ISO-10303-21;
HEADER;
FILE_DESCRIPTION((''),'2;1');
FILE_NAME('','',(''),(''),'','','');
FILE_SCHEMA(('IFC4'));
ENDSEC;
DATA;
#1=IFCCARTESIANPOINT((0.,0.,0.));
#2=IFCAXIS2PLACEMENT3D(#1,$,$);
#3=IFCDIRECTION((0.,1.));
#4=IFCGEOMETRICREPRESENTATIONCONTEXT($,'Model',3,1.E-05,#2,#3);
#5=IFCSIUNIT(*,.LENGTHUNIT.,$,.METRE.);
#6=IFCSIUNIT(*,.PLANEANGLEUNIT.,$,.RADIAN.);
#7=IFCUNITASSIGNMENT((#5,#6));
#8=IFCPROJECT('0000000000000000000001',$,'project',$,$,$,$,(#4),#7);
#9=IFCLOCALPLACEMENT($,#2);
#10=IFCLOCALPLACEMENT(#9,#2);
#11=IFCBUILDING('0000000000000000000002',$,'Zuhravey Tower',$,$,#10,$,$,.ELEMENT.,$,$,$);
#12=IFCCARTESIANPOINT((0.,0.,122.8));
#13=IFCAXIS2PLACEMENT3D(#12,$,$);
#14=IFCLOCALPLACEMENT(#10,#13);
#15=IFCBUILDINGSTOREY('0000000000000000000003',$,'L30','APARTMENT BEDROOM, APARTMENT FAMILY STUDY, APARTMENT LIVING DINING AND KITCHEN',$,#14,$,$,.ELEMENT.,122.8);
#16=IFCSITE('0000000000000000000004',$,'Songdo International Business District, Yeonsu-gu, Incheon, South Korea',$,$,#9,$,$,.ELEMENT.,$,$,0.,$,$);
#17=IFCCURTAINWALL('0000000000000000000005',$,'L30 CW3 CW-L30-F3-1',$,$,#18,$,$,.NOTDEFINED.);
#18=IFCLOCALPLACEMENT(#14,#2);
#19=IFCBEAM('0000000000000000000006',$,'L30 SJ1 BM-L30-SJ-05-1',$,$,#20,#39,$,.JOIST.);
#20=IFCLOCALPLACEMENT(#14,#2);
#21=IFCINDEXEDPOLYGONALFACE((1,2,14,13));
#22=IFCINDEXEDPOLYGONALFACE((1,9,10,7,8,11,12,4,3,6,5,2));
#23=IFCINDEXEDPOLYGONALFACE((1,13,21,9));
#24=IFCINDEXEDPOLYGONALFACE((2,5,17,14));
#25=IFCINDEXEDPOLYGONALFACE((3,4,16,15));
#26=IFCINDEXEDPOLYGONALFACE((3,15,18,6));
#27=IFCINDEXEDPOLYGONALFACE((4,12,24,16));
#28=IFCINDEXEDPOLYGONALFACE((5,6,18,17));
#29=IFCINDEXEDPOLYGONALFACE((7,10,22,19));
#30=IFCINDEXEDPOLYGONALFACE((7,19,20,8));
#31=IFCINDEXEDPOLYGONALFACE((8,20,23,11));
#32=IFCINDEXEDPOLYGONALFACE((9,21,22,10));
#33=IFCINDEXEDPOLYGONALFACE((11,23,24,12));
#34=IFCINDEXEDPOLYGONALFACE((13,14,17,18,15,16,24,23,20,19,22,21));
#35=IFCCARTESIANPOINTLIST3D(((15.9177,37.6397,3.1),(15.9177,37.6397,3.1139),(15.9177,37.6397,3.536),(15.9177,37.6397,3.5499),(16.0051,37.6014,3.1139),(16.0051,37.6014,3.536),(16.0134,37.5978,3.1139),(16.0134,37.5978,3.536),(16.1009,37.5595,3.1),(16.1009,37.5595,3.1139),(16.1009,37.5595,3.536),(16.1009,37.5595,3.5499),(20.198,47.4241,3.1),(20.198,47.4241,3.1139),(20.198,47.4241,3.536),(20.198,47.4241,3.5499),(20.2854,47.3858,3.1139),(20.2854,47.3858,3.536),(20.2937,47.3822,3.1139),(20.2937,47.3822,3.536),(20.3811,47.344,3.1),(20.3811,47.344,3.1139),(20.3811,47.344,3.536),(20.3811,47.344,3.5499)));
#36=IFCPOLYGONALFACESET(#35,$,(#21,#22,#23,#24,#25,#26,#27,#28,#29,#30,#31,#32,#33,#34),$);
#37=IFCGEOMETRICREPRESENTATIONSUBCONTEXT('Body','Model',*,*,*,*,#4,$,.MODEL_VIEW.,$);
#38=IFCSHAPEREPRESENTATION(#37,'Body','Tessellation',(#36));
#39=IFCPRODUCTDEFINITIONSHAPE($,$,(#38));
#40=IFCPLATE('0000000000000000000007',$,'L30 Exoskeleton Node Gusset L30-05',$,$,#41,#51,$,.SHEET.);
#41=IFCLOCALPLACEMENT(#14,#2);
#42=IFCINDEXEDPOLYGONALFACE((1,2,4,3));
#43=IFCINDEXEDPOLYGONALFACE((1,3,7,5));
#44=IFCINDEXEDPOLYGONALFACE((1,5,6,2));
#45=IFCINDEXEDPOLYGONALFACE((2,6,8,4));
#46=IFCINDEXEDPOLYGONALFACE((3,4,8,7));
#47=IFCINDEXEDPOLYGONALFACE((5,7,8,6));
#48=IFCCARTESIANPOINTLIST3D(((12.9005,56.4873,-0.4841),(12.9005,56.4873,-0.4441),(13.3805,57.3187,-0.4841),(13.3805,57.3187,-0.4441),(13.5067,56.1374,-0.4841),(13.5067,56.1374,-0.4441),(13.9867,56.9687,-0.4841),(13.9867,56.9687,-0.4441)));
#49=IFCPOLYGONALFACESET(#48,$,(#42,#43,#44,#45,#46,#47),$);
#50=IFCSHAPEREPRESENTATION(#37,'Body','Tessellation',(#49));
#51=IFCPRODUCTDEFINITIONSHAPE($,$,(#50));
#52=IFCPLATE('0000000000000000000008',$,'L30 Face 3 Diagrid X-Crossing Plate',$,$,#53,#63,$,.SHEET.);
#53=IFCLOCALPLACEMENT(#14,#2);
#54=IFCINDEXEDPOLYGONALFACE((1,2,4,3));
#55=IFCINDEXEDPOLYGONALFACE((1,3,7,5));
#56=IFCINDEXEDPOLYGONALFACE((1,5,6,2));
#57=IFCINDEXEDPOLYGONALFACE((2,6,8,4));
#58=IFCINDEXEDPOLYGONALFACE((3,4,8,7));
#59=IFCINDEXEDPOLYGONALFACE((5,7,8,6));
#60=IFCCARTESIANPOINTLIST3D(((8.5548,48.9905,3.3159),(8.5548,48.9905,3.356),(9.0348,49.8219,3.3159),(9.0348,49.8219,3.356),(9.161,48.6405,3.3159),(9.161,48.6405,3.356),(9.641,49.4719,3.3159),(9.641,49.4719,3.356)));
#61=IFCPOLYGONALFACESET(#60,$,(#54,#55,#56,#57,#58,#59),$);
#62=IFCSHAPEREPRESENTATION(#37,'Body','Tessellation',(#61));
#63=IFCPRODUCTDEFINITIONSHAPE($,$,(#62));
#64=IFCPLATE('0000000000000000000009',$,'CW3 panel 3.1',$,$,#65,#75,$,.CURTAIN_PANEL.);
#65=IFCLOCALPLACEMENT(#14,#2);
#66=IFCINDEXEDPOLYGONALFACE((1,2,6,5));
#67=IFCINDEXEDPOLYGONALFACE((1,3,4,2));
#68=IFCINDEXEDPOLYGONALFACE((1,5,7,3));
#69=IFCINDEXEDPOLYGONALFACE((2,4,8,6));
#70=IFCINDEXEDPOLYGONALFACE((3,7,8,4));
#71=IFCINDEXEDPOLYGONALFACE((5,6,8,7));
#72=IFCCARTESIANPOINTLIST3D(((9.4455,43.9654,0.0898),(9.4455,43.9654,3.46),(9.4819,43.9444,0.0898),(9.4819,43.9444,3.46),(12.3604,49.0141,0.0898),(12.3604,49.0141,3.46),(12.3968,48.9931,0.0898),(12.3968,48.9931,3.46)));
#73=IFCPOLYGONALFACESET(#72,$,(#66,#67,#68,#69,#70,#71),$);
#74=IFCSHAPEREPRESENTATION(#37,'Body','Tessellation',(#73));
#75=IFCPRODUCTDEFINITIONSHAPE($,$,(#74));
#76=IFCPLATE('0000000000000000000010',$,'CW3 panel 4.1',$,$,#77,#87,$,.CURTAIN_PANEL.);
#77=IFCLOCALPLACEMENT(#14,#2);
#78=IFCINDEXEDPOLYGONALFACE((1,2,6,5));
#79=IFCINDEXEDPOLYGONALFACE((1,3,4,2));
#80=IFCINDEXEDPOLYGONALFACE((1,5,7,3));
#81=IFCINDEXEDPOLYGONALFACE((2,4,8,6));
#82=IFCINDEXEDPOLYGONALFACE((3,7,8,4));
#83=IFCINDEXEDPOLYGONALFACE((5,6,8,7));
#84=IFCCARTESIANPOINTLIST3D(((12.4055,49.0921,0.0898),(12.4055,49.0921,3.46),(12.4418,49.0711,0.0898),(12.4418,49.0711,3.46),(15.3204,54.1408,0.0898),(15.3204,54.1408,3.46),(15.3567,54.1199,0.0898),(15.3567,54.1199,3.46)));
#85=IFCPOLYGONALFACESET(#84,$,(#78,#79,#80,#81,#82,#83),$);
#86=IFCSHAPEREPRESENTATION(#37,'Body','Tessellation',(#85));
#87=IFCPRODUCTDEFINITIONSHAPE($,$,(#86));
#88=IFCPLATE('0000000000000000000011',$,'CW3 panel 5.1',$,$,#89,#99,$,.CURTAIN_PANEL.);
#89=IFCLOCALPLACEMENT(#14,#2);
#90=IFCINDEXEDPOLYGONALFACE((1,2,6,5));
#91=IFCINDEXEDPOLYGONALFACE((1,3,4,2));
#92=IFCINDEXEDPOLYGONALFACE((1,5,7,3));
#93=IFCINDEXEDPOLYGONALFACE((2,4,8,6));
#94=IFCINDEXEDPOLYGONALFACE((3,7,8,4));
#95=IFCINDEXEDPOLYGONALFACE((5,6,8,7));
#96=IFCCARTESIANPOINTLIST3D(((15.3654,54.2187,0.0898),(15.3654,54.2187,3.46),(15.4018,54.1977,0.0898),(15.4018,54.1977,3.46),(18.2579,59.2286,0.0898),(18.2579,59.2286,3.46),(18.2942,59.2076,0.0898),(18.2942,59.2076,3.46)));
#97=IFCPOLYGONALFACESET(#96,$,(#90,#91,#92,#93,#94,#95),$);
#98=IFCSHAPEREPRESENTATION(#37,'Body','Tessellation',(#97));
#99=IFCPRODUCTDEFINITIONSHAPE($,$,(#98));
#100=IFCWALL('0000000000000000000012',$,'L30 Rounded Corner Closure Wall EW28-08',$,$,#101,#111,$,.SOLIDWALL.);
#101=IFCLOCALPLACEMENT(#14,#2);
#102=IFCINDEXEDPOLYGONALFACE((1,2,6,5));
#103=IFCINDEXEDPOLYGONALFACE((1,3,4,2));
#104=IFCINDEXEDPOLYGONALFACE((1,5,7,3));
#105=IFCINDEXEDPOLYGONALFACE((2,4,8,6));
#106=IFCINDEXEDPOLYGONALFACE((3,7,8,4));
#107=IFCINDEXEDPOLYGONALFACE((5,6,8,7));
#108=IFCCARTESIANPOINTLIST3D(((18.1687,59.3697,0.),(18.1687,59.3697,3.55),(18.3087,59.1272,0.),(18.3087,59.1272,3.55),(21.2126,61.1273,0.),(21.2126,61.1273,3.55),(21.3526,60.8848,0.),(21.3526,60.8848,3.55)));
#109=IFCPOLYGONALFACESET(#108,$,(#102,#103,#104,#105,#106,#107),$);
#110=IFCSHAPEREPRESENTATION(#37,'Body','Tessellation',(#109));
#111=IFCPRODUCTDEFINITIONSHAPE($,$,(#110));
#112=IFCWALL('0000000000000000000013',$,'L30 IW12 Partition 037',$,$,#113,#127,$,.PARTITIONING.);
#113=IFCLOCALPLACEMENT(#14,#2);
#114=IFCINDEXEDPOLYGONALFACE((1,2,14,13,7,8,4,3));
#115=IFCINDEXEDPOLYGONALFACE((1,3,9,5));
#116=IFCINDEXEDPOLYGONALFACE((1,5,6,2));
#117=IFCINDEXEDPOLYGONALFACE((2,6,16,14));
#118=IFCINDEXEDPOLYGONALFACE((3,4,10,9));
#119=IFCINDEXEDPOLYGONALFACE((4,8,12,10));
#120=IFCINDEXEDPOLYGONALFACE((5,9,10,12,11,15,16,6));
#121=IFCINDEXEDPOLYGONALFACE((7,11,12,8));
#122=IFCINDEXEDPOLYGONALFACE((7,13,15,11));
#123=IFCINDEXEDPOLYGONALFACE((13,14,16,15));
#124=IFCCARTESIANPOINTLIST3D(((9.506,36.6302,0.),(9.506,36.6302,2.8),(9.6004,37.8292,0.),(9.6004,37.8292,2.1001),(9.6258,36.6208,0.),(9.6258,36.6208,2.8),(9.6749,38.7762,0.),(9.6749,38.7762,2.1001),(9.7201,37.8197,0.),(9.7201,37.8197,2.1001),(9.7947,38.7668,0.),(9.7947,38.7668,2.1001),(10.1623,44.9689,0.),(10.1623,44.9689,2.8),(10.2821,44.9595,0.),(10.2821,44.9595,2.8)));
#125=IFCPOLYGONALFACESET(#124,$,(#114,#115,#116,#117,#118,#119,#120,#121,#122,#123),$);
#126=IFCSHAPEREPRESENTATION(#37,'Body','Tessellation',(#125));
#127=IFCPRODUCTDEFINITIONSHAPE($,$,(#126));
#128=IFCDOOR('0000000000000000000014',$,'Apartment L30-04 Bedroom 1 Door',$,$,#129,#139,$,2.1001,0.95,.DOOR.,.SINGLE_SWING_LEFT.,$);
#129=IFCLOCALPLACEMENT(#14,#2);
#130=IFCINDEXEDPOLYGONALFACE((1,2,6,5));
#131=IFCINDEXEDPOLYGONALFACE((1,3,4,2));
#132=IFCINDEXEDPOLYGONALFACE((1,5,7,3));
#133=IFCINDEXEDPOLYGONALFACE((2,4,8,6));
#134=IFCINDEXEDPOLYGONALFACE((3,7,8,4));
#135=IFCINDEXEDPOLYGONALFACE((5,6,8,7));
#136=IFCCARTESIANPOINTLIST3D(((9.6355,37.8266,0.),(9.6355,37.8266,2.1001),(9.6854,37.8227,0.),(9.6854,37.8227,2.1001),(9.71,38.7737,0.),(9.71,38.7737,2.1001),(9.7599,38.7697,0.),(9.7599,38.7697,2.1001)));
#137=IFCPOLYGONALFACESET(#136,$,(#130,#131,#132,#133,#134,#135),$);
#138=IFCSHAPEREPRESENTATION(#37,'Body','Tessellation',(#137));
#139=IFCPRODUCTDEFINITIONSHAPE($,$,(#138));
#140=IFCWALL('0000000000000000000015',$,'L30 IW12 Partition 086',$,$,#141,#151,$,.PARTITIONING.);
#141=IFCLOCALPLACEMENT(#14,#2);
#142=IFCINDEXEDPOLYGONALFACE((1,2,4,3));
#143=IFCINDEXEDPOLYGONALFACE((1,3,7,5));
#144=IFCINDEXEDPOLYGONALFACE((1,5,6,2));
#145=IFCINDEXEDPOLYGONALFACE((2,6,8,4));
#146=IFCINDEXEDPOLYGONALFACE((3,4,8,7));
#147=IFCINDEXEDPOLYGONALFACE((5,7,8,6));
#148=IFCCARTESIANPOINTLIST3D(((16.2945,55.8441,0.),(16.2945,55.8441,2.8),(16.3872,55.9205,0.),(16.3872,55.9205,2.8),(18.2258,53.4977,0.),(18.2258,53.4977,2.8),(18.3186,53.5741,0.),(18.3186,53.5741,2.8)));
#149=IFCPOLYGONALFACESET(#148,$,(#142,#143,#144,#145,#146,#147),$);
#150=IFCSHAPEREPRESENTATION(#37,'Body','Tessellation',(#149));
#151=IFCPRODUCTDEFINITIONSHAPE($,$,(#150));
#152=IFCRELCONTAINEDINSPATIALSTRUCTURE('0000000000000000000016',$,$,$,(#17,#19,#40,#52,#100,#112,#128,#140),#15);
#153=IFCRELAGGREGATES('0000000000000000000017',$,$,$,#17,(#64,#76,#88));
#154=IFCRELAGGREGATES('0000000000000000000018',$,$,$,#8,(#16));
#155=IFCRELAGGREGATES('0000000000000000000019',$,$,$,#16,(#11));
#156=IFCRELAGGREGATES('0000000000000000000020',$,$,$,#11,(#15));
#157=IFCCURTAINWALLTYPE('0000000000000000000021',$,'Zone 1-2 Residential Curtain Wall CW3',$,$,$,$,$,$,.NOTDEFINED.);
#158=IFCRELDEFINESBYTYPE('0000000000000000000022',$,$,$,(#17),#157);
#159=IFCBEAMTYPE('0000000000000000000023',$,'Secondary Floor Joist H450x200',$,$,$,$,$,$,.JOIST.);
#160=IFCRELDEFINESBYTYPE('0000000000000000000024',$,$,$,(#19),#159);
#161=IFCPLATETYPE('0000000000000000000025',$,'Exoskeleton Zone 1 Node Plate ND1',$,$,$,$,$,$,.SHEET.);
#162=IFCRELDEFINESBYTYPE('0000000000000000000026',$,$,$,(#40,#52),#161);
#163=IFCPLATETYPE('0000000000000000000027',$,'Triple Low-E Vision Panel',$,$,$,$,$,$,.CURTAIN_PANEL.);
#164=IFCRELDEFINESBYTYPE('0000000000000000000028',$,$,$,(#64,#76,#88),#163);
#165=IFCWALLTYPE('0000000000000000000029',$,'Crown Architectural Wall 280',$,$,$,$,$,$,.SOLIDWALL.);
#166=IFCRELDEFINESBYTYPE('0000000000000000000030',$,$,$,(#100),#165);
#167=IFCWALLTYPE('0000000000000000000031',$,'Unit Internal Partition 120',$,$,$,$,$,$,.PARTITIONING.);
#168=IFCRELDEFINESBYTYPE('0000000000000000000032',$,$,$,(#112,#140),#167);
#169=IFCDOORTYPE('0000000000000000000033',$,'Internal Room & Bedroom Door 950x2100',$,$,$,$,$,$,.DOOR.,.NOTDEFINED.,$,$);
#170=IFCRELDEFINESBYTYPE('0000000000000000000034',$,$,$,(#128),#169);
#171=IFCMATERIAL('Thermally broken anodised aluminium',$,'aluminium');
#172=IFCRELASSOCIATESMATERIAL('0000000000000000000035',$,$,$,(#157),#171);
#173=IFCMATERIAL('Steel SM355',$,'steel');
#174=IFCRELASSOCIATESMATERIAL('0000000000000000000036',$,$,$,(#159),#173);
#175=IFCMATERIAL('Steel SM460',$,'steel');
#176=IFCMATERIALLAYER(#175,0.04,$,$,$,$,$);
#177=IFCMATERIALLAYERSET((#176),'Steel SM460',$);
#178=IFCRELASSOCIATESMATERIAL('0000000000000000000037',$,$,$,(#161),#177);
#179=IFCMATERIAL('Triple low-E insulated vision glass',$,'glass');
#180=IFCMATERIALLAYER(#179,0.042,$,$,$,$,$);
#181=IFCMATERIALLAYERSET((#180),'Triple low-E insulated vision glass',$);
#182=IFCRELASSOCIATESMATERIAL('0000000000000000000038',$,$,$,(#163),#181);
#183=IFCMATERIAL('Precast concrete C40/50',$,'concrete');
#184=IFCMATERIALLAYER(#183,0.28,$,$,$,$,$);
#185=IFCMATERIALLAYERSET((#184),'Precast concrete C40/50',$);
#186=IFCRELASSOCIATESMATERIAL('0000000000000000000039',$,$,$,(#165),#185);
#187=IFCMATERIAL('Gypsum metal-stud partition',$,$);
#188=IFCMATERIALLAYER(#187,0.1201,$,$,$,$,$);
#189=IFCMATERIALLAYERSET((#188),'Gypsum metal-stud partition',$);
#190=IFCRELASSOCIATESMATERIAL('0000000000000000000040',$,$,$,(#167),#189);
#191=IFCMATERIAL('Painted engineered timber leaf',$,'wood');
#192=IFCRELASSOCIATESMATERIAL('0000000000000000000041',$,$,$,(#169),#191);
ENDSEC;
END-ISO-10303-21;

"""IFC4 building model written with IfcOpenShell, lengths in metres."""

from ifc_helpers import new_model, si_unit, direction, frame, frame_2d, origin, origin_2d, place, context, subcontext, project, spatial, rectangle, i_section, extrude, material, layer, layer_set, material_profile, profile_set, type_object, element, fill, aggregate, save


model = new_model("IFC4")

# Units and contexts
model_context = context("Model", 3, precision=1e-05, world=origin(), true_north=direction((0.0, 1.0)))
body_context = subcontext(model_context, "Body", "Model", "MODEL_VIEW")
ifc_project = project(units=[si_unit("LENGTHUNIT", "METRE"), si_unit("PLANEANGLEUNIT", "RADIAN")], contexts=[model_context])

# Site, building, storey
site_placement = place(None, origin())
site = spatial("IfcSite", under=ifc_project, at=site_placement, Name="Songdo International Business District, Yeonsu-gu, Incheon, South Korea", CompositionType="ELEMENT", RefElevation=0.0)
building_placement = place(site_placement, origin())
building = spatial("IfcBuilding", under=site, at=building_placement, Name="Zuhravey Tower", CompositionType="ELEMENT")
storey_placement = place(building_placement, frame((0.0, 0.0, 122.8)))
storey = spatial("IfcBuildingStorey", under=building, at=storey_placement, Name="L30", Description="APARTMENT BEDROOM, APARTMENT FAMILY STUDY, APARTMENT LIVING DINING AND KITCHEN", CompositionType="ELEMENT", Elevation=122.8)

# Curtain wall
ifc_material_1 = material(Name="Thermally broken anodised aluminium", Category="aluminium")
curtain_wall_type = type_object("IfcCurtainWallType", Name="Zone 1-2 Residential Curtain Wall CW3", PredefinedType="NOTDEFINED", material=ifc_material_1)
curtain_wall_1_placement = place(storey_placement, origin())
curtain_wall_1 = element("IfcCurtainWall", 1, at=curtain_wall_1_placement, inside=storey, type_object=curtain_wall_type, Name="L30 CW3 CW-L30-F3-1", PredefinedType="NOTDEFINED")

# Shared definitions
ifc_material_2 = material(Name="Steel SM355", Category="steel")
ifc_material_3 = material(Name="Steel SM460", Category="steel")

# Beam
ifc_material_profile_1 = material_profile(ifc_material_2, i_section(OverallWidth=0.2, OverallDepth=0.45, WebThickness=0.009, FlangeThickness=0.0139, at=origin_2d()), Name="H-450x200x9x14")
ifc_profile_set_1 = profile_set([ifc_material_profile_1], Name="Steel SM355")
beam_type_1 = type_object("IfcBeamType", Name="Secondary Floor Joist H450x200", PredefinedType="JOIST", material=ifc_profile_set_1)
beam_1_placement = place(storey_placement, frame((20.2896, 47.384, 3.325), z_axis=(-0.400786, -0.916172, 0.0), x_axis=(0.916172, -0.400786, 0.0)))
element("IfcBeam", 2, at=beam_1_placement, inside=storey, type_object=beam_type_1, Name="L30 SJ1 BM-L30-SJ-05-1", PredefinedType="JOIST", context=body_context, shape_type="SweptSolid", body=[
    extrude(i_section(OverallWidth=0.2, OverallDepth=0.45, WebThickness=0.009, FlangeThickness=0.0139, at=origin_2d()), origin(), (0.0, 0.0, 1.0), 10.6797),
])

# Plates
ifc_layer_1 = layer(ifc_material_3, 0.04)
ifc_layer_set_1 = layer_set([ifc_layer_1], Name="Steel SM460")
plate_type_1 = type_object("IfcPlateType", Name="Exoskeleton Zone 1 Node Plate ND1", PredefinedType="SHEET", material=ifc_layer_set_1)
for number, where, z_axis, x_axis, name in (
    (3, (13.4436, 56.728, -0.4841), (0.0, 0.0, 1.0), (-0.5, -0.866025, 0.0), "L30 Exoskeleton Node Gusset L30-05"),
    (4, (9.0979, 49.2312, 3.3159), (0.0, 0.0, 1.0), (-0.5, -0.866025, 0.0), "L30 Face 3 Diagrid X-Crossing Plate"),
):
    element("IfcPlate", number, at=place(storey_placement, frame(where, z_axis=z_axis, x_axis=x_axis)), inside=storey, type_object=plate_type_1, Name=name, PredefinedType="SHEET", context=body_context, shape_type="SweptSolid", body=[
        extrude(rectangle(XDim=0.96, YDim=0.7, at=origin_2d()), origin(), (0.0, 0.0, 1.0), 0.04),
    ])

# Plates
ifc_material_4 = material(Name="Triple low-E insulated vision glass", Category="glass")
ifc_layer_2 = layer(ifc_material_4, 0.042)
ifc_layer_set_2 = layer_set([ifc_layer_2], Name="Triple low-E insulated vision glass")
plate_type_2 = type_object("IfcPlateType", Name="Triple Low-E Vision Panel", PredefinedType="CURTAIN_PANEL", material=ifc_layer_set_2)
plate_1_placement = place(storey_placement, frame((10.9211, 46.4792, 0.0898), z_axis=(0.0, 0.0, 1.0), x_axis=(0.5, 0.866026, 0.0)))
plate_1 = element("IfcPlate", 5, at=plate_1_placement, type_object=plate_type_2, Name="CW3 panel 3.1", PredefinedType="CURTAIN_PANEL", context=body_context, shape_type="SweptSolid", body=[
    extrude(rectangle(XDim=5.8298, YDim=0.042, at=origin_2d()), origin(), (0.0, 0.0, 1.0), 3.3701),
])
plate_2_placement = place(storey_placement, frame((13.8811, 51.606, 0.0898), z_axis=(0.0, 0.0, 1.0), x_axis=(0.5, 0.866026, 0.0)))
plate_2 = element("IfcPlate", 6, at=plate_2_placement, type_object=plate_type_2, Name="CW3 panel 4.1", PredefinedType="CURTAIN_PANEL", context=body_context, shape_type="SweptSolid", body=[
    extrude(rectangle(XDim=5.8298, YDim=0.042, at=origin_2d()), origin(), (0.0, 0.0, 1.0), 3.3701),
])
plate_3_placement = place(storey_placement, frame((16.8298, 56.7131, 0.0898), z_axis=(0.0, 0.0, 1.0), x_axis=(0.5, 0.866026, 0.0)))
plate_3 = element("IfcPlate", 7, at=plate_3_placement, type_object=plate_type_2, Name="CW3 panel 5.1", PredefinedType="CURTAIN_PANEL", context=body_context, shape_type="SweptSolid", body=[
    extrude(rectangle(XDim=5.7849, YDim=0.042, at=origin_2d()), origin(), (0.0, 0.0, 1.0), 3.3701),
])
aggregate(curtain_wall_1, [plate_1, plate_2, plate_3])

# Wall
ifc_material_5 = material(Name="Precast concrete C40/50", Category="concrete")
ifc_layer_3 = layer(ifc_material_5, 0.28)
ifc_layer_set_3 = layer_set([ifc_layer_3], Name="Precast concrete C40/50")
wall_type_1 = type_object("IfcWallType", Name="Crown Architectural Wall 280", PredefinedType="SOLIDWALL", material=ifc_layer_set_3)
wall_1_placement = place(storey_placement, frame((18.2388, 59.2485, 0.0), z_axis=(0.0, 0.0, 1.0), x_axis=(0.866007, 0.500031, 0.0)))
element("IfcWall", 8, at=wall_1_placement, inside=storey, type_object=wall_type_1, Name="L30 Rounded Corner Closure Wall EW28-08", PredefinedType="SOLIDWALL", context=body_context, shape_type="SweptSolid", body=[
    extrude(rectangle(XDim=3.5149, YDim=0.28, at=frame_2d((1.7573, 0.0))), origin(), (0.0, 0.0, 1.0), 3.55),
])

# Wall, opening, door
ifc_material_6 = material(Name="Gypsum metal-stud partition")
ifc_layer_4 = layer(ifc_material_6, 0.1201)
ifc_layer_set_4 = layer_set([ifc_layer_4], Name="Gypsum metal-stud partition")
wall_type_2 = type_object("IfcWallType", Name="Unit Internal Partition 120", PredefinedType="PARTITIONING", material=ifc_layer_set_4)
wall_2_placement = place(storey_placement, frame((10.2222, 44.9641, 0.0), z_axis=(0.0, 0.0, 1.0), x_axis=(-0.078457, -0.996917, 0.0)))
wall_2 = element("IfcWall", 9, at=wall_2_placement, inside=storey, type_object=wall_type_2, Name="L30 IW12 Partition 037", PredefinedType="PARTITIONING", context=body_context, shape_type="SweptSolid", body=[
    extrude(rectangle(XDim=8.3645, YDim=0.1201, at=frame_2d((4.1821, 0.0))), origin(), (0.0, 0.0, 1.0), 2.8),
])
opening_placement = place(wall_2_placement, frame((6.2117, 0.0, 0.0)))
opening = element("IfcOpeningElement", 10, at=opening_placement, cuts=wall_2, PredefinedType="OPENING", context=body_context, shape_type="SweptSolid", body=[
    extrude(rectangle(XDim=0.95, YDim=2.1001, at=frame_2d((0.4751, 1.05))), frame((0.0, 0.072, 0.0), z_axis=(0.0, -1.0, 0.0), x_axis=(1.0, 0.0, 0.0)), (0.0, 0.0, 1.0), 0.144),
])
ifc_material_7 = material(Name="Painted engineered timber leaf", Category="wood")
door_type = type_object("IfcDoorType", Name="Internal Room & Bedroom Door 950x2100", OperationType="NOTDEFINED", PredefinedType="DOOR", material=ifc_material_7)
door_placement = place(opening_placement, frame((0.95, 0.0, 0.0), z_axis=(0.0, 0.0, 1.0), x_axis=(-1.0, 0.0, 0.0)))
door = element("IfcDoor", 11, at=door_placement, inside=storey, type_object=door_type, Name="Apartment L30-04 Bedroom 1 Door", OperationType="SINGLE_SWING_LEFT", OverallHeight=2.1001, OverallWidth=0.95, PredefinedType="DOOR", context=body_context, shape_type="SweptSolid", body=[
    extrude(rectangle(XDim=0.95, YDim=2.1001, at=frame_2d((0.4751, 1.05))), frame((0.0, 0.0249, 0.0), z_axis=(0.0, -1.0, 0.0), x_axis=(1.0, 0.0, 0.0)), (0.0, 0.0, 1.0), 0.05),
])
fill(opening, door)

# Wall
wall_3_placement = place(storey_placement, frame((18.2722, 53.5359, 0.0), z_axis=(0.0, 0.0, 1.0), x_axis=(-0.635519, 0.772086, 0.0)))
element("IfcWall", 12, at=wall_3_placement, inside=storey, type_object=wall_type_2, Name="L30 IW12 Partition 086", PredefinedType="PARTITIONING", context=body_context, shape_type="SweptSolid", body=[
    extrude(rectangle(XDim=3.0391, YDim=0.1201, at=frame_2d((1.5195, 0.0))), origin(), (0.0, 0.0, 1.0), 2.8),
])

save(model, "model.ifc")
